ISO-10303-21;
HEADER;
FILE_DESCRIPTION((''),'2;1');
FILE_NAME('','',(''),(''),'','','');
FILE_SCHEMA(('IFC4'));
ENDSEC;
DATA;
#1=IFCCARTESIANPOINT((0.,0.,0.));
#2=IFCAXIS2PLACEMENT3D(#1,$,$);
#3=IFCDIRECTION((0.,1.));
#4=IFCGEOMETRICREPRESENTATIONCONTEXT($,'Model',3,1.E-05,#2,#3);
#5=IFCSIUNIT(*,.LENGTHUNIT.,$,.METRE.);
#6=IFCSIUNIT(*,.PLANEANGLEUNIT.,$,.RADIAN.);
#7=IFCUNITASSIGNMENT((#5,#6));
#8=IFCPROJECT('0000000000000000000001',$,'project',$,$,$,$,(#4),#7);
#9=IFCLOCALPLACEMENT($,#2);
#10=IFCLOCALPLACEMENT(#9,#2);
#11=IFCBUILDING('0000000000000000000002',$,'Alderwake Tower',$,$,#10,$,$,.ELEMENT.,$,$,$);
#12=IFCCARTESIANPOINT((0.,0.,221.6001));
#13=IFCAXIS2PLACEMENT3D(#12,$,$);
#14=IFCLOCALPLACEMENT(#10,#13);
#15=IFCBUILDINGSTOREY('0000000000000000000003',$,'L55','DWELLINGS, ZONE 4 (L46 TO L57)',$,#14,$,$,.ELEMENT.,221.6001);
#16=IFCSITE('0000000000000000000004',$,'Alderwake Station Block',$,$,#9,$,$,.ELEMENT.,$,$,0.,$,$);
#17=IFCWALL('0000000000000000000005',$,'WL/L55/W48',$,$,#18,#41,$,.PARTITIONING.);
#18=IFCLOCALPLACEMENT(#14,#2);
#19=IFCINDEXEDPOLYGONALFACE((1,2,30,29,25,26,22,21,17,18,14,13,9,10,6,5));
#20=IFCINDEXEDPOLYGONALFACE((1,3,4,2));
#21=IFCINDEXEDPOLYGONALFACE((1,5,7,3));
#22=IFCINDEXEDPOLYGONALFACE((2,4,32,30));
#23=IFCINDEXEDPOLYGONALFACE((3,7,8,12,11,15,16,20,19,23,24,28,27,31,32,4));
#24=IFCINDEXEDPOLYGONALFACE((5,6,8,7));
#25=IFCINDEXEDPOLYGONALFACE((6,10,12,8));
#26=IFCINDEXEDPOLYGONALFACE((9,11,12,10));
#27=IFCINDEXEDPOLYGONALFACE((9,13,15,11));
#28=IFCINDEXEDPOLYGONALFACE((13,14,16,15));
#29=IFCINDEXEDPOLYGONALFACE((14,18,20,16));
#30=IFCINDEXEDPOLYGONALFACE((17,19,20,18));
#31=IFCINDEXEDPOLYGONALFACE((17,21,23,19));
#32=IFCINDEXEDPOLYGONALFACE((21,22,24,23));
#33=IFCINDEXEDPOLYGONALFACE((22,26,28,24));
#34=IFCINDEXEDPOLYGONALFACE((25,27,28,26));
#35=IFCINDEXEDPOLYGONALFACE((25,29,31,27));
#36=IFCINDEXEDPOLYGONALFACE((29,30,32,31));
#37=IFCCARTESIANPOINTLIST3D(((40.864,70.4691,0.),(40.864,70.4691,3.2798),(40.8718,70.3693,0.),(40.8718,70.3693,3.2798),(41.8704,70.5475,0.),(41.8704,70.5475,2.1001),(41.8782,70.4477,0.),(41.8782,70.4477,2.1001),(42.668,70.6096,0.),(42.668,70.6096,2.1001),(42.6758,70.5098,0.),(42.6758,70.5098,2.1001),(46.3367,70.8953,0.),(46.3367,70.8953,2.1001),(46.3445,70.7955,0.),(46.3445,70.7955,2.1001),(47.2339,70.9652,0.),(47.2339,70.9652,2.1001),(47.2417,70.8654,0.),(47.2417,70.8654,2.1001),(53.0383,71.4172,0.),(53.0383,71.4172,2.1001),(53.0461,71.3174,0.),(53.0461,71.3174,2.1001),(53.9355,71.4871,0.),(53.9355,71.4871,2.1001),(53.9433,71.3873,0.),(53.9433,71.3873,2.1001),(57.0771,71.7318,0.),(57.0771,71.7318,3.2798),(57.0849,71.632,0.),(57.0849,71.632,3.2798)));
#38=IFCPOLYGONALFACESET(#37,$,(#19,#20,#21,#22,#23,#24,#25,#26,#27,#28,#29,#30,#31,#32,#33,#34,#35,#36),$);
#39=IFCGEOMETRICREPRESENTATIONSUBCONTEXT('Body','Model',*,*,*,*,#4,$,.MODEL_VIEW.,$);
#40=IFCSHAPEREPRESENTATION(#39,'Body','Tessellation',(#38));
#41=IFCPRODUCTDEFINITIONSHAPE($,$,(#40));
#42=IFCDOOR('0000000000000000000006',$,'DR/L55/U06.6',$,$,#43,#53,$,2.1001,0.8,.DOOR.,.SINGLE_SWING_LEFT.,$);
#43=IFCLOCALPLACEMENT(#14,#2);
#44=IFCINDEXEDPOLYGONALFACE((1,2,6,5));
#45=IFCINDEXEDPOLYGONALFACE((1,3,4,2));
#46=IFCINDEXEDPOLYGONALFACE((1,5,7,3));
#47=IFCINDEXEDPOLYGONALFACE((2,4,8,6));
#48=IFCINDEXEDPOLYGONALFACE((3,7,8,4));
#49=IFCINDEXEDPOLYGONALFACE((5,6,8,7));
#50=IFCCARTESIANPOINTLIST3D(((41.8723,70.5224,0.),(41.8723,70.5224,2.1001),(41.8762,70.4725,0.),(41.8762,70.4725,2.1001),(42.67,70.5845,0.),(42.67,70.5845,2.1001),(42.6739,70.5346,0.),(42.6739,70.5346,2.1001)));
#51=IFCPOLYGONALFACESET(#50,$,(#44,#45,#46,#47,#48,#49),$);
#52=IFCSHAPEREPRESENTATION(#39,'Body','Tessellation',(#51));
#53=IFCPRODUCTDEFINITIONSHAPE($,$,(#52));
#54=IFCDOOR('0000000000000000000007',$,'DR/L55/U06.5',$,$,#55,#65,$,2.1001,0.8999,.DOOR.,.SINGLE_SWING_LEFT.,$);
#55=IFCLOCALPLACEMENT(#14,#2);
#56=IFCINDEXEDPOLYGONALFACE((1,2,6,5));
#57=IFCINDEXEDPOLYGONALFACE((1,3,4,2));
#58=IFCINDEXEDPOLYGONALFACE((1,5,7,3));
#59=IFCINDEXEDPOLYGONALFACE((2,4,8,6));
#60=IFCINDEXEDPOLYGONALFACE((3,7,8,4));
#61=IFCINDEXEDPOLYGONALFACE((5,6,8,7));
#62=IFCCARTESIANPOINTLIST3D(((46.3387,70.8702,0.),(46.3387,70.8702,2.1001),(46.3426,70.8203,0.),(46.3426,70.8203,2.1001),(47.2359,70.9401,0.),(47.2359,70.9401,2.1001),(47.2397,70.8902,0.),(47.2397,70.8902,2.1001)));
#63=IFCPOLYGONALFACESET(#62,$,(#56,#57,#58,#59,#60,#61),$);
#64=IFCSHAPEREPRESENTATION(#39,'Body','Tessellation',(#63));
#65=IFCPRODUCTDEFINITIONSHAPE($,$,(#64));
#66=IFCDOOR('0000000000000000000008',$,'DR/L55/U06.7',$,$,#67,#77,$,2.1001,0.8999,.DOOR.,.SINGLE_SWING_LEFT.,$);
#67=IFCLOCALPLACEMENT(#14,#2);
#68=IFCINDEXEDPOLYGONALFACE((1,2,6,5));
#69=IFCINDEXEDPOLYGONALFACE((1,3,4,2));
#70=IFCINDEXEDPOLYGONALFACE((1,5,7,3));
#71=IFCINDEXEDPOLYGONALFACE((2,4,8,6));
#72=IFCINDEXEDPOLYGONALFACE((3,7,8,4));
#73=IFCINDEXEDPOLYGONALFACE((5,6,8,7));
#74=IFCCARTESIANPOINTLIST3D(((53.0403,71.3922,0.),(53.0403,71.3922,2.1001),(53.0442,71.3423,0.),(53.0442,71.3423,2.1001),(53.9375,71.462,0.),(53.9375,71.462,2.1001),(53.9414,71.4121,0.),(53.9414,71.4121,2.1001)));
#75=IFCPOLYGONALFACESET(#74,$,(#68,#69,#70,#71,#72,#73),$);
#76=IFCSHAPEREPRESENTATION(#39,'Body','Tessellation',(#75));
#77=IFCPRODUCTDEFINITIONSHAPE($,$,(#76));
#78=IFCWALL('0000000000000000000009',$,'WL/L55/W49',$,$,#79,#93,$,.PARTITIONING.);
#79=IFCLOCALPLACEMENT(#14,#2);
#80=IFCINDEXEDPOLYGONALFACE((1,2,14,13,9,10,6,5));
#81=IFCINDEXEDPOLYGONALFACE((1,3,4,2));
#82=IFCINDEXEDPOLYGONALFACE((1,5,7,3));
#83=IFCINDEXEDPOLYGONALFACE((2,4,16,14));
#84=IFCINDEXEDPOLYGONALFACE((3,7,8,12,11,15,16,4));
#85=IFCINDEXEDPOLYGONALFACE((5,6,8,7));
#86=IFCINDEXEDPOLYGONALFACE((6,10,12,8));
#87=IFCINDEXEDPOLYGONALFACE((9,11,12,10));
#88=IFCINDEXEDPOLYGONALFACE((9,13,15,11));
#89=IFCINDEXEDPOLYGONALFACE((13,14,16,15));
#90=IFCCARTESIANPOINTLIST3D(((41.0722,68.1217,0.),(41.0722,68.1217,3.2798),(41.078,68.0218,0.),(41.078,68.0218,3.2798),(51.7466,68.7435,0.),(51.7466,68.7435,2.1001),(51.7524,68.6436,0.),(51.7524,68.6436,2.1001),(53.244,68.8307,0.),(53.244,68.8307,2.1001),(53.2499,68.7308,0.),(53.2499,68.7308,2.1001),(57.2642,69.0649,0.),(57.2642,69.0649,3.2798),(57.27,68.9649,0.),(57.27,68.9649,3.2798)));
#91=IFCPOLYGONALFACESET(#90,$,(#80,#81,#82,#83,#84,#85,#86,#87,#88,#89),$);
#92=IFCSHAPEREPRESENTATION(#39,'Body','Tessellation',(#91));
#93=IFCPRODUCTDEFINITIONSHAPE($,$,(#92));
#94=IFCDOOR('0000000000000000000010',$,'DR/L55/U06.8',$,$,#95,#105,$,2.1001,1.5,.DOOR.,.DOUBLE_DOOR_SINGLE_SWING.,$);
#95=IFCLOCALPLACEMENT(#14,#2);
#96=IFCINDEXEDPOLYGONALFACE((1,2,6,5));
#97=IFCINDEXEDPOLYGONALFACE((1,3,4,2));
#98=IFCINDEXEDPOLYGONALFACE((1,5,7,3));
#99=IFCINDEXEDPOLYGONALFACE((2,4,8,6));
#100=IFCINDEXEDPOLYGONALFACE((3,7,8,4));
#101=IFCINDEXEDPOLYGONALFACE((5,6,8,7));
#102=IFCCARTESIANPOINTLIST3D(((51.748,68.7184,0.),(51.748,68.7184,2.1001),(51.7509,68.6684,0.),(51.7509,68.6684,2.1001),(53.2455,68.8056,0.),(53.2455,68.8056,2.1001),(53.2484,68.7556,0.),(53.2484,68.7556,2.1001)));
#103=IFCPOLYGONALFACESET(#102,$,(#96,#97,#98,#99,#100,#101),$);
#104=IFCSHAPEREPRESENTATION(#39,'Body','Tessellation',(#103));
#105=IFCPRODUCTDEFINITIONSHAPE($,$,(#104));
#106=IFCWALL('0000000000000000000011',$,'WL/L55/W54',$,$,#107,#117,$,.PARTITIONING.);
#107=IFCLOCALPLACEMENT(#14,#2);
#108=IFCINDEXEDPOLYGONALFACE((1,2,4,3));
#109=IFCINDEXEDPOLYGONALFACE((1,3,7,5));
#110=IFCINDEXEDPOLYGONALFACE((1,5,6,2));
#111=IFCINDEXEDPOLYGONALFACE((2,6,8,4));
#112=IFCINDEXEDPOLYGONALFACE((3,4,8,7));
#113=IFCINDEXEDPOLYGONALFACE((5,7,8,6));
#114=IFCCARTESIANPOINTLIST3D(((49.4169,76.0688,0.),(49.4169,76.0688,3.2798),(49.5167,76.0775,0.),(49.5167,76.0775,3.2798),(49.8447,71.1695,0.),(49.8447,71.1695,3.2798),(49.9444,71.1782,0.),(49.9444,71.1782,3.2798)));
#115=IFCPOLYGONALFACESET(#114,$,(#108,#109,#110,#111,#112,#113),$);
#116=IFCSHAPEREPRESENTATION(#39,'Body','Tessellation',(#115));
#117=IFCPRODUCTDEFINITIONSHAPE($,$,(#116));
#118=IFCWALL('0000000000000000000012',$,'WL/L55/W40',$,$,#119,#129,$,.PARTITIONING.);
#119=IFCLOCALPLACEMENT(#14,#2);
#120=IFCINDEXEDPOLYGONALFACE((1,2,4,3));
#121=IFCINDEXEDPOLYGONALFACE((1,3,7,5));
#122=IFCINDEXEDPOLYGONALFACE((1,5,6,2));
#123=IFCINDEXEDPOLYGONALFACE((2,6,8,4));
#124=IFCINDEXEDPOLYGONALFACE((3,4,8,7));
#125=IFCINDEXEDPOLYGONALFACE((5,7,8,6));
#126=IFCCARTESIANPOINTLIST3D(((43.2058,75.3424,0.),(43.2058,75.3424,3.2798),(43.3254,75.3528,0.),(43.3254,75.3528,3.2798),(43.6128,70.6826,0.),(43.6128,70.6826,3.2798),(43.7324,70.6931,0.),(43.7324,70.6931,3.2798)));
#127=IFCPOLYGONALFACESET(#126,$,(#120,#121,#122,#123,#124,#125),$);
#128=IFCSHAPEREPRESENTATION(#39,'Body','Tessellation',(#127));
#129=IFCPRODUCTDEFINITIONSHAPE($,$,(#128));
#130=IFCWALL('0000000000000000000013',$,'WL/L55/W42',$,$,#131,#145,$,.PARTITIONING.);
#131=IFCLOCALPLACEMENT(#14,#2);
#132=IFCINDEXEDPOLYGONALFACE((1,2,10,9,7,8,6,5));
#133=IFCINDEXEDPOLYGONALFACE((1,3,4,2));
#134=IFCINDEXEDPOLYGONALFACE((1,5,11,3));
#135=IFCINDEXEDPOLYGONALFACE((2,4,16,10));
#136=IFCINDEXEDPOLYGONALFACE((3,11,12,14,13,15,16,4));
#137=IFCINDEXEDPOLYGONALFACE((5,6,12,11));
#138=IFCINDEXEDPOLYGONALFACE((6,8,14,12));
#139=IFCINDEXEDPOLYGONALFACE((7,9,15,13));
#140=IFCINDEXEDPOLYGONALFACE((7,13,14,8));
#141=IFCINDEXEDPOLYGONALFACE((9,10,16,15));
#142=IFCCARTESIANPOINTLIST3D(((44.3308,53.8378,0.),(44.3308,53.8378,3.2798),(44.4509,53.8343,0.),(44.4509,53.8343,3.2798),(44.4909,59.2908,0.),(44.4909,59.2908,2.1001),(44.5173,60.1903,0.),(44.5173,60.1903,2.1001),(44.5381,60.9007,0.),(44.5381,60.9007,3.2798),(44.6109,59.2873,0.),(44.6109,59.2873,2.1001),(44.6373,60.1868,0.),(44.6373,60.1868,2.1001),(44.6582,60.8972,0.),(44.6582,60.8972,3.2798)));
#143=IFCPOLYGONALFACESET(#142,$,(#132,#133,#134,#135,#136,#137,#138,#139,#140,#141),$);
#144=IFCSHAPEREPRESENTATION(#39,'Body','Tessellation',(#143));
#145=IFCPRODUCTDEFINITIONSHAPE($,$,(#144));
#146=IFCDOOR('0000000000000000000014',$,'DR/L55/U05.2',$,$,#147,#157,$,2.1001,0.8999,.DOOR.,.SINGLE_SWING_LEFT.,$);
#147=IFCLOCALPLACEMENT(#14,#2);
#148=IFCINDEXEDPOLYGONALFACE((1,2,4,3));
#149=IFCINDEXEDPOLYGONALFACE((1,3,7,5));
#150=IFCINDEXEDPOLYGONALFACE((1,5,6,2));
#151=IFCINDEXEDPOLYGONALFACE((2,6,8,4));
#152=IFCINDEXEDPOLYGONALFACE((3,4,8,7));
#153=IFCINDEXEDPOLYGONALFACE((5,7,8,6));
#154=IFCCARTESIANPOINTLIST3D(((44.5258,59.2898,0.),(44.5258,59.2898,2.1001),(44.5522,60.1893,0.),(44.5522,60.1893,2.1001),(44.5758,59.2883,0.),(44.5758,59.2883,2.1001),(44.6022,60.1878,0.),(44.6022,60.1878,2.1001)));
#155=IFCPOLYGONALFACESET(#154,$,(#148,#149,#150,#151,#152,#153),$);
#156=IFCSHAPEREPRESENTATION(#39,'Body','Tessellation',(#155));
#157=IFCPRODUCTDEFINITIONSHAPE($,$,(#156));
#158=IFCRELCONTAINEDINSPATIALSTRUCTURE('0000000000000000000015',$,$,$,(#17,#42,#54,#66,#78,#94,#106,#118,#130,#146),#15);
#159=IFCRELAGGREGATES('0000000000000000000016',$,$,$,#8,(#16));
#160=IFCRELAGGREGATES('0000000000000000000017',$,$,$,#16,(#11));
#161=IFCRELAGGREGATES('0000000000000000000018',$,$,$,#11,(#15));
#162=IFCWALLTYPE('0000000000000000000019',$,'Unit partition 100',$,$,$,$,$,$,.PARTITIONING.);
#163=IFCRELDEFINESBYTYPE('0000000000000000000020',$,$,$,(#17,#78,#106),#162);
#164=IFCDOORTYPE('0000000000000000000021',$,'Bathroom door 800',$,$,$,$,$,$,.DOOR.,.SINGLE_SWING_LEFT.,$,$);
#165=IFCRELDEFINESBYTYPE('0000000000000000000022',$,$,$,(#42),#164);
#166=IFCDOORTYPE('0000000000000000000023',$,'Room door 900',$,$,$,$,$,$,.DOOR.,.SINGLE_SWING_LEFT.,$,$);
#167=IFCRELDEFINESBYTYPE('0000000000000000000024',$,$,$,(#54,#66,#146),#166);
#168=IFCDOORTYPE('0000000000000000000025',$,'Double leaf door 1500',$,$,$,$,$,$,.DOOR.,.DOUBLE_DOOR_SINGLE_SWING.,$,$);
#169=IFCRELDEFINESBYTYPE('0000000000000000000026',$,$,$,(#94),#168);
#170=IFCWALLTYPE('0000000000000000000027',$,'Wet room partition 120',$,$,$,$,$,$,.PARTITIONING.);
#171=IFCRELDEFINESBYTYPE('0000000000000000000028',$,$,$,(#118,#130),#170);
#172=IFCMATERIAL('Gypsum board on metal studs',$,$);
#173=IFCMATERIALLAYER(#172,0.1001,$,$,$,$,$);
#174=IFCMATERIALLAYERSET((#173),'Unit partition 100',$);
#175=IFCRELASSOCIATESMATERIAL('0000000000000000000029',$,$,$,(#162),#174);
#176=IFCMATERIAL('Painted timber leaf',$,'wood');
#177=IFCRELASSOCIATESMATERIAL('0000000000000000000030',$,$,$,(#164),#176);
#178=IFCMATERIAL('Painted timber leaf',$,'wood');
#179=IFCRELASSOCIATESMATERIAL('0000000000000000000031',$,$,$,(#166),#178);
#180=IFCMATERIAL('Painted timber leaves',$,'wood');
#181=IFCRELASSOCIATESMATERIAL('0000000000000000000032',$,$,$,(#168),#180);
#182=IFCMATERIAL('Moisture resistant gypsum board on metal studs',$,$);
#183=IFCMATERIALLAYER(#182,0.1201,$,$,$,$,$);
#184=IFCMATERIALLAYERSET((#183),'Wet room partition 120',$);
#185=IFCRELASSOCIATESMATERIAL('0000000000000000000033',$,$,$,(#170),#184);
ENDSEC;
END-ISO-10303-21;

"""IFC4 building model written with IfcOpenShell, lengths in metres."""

from ifc_helpers import new_model, si_unit, direction, frame, frame_2d, origin, place, context, subcontext, project, spatial, rectangle, extrude, material, layer, layer_set, type_object, element, fill, save


model = new_model("IFC4")

# Units and contexts
model_context = context("Model", 3, precision=1e-05, world=origin(), true_north=direction((0.0, 1.0)))
body_context = subcontext(model_context, "Body", "Model", "MODEL_VIEW")
ifc_project = project(units=[si_unit("LENGTHUNIT", "METRE"), si_unit("PLANEANGLEUNIT", "RADIAN")], contexts=[model_context])

# Site, building, storey
site_placement = place(None, origin())
site = spatial("IfcSite", under=ifc_project, at=site_placement, Name="Alderwake Station Block", CompositionType="ELEMENT", RefElevation=0.0)
building_placement = place(site_placement, origin())
building = spatial("IfcBuilding", under=site, at=building_placement, Name="Alderwake Tower", CompositionType="ELEMENT")
storey_placement = place(building_placement, frame((0.0, 0.0, 221.6001)))
storey = spatial("IfcBuildingStorey", under=building, at=storey_placement, Name="L55", Description="DWELLINGS, ZONE 4 (L46 TO L57)", CompositionType="ELEMENT", Elevation=221.6001)

# Wall, openings, doors
ifc_material_1 = material(Name="Gypsum board on metal studs")
ifc_layer_1 = layer(ifc_material_1, 0.1001)
ifc_layer_set_1 = layer_set([ifc_layer_1], Name="Unit partition 100")
wall_type_1 = type_object("IfcWallType", Name="Unit partition 100", PredefinedType="PARTITIONING", material=ifc_layer_set_1)
wall_1_placement = place(storey_placement, frame((40.8679, 70.4192, 0.0), z_axis=(0.0, 0.0, 1.0), x_axis=(0.996981, 0.077646, 0.0)))
wall_1 = element("IfcWall", 1, at=wall_1_placement, inside=storey, type_object=wall_type_1, Name="WL/L55/W48", PredefinedType="PARTITIONING", context=body_context, shape_type="SweptSolid", body=[
    extrude(rectangle(XDim=16.2622, YDim=0.1001, at=frame_2d((8.1311, 0.0))), origin(), (0.0, 0.0, 1.0), 3.2798),
])
opening_1_placement = place(wall_1_placement, frame((5.4893, 0.0, 0.0)))
opening_1 = element("IfcOpeningElement", 2, at=opening_1_placement, cuts=wall_1, PredefinedType="OPENING", context=body_context, shape_type="SweptSolid", body=[
    extrude(rectangle(XDim=0.8999, YDim=2.1001, at=frame_2d((0.45, 1.05))), frame((0.0, 0.0601, 0.0), z_axis=(0.0, -1.0, 0.0), x_axis=(1.0, 0.0, 0.0)), (0.0, 0.0, 1.0), 0.1201),
])
opening_2_placement = place(wall_1_placement, frame((1.0095, 0.0, 0.0)))
opening_2 = element("IfcOpeningElement", 3, at=opening_2_placement, cuts=wall_1, PredefinedType="OPENING", context=body_context, shape_type="SweptSolid", body=[
    extrude(rectangle(XDim=0.8, YDim=2.1001, at=frame_2d((0.3999, 1.05))), frame((0.0, 0.0601, 0.0), z_axis=(0.0, -1.0, 0.0), x_axis=(1.0, 0.0, 0.0)), (0.0, 0.0, 1.0), 0.1201),
])
opening_3_placement = place(wall_1_placement, frame((12.2112, 0.0, 0.0)))
opening_3 = element("IfcOpeningElement", 4, at=opening_3_placement, cuts=wall_1, PredefinedType="OPENING", context=body_context, shape_type="SweptSolid", body=[
    extrude(rectangle(XDim=0.8999, YDim=2.1001, at=frame_2d((0.45, 1.05))), frame((0.0, 0.0601, 0.0), z_axis=(0.0, -1.0, 0.0), x_axis=(1.0, 0.0, 0.0)), (0.0, 0.0, 1.0), 0.1201),
])
ifc_material_2 = material(Name="Painted timber leaf", Category="wood")
door_type_1 = type_object("IfcDoorType", Name="Bathroom door 800", OperationType="SINGLE_SWING_LEFT", PredefinedType="DOOR", material=ifc_material_2)
door_1_placement = place(opening_2_placement, origin())
door_1 = element("IfcDoor", 5, at=door_1_placement, inside=storey, type_object=door_type_1, Name="DR/L55/U06.6", OperationType="SINGLE_SWING_LEFT", OverallHeight=2.1001, OverallWidth=0.8, PredefinedType="DOOR", context=body_context, shape_type="SweptSolid", body=[
    extrude(rectangle(XDim=0.8, YDim=2.1001, at=frame_2d((0.3999, 1.05))), frame((0.0, 0.0249, 0.0), z_axis=(0.0, -1.0, 0.0), x_axis=(1.0, 0.0, 0.0)), (0.0, 0.0, 1.0), 0.05),
])
fill(opening_2, door_1)
ifc_material_3 = material(Name="Painted timber leaf", Category="wood")
door_type_2 = type_object("IfcDoorType", Name="Room door 900", OperationType="SINGLE_SWING_LEFT", PredefinedType="DOOR", material=ifc_material_3)
door_2_placement = place(opening_1_placement, origin())
door_2 = element("IfcDoor", 6, at=door_2_placement, inside=storey, type_object=door_type_2, Name="DR/L55/U06.5", OperationType="SINGLE_SWING_LEFT", OverallHeight=2.1001, OverallWidth=0.8999, PredefinedType="DOOR", context=body_context, shape_type="SweptSolid", body=[
    extrude(rectangle(XDim=0.8999, YDim=2.1001, at=frame_2d((0.45, 1.05))), frame((0.0, 0.0249, 0.0), z_axis=(0.0, -1.0, 0.0), x_axis=(1.0, 0.0, 0.0)), (0.0, 0.0, 1.0), 0.05),
])
fill(opening_1, door_2)
door_3_placement = place(opening_3_placement, origin())
door_3 = element("IfcDoor", 7, at=door_3_placement, inside=storey, type_object=door_type_2, Name="DR/L55/U06.7", OperationType="SINGLE_SWING_LEFT", OverallHeight=2.1001, OverallWidth=0.8999, PredefinedType="DOOR", context=body_context, shape_type="SweptSolid", body=[
    extrude(rectangle(XDim=0.8999, YDim=2.1001, at=frame_2d((0.45, 1.05))), frame((0.0, 0.0249, 0.0), z_axis=(0.0, -1.0, 0.0), x_axis=(1.0, 0.0, 0.0)), (0.0, 0.0, 1.0), 0.05),
])
fill(opening_3, door_3)

# Wall, opening, door
wall_2_placement = place(storey_placement, frame((41.075, 68.0718, 0.0), z_axis=(0.0, 0.0, 1.0), x_axis=(0.998308, 0.058147, 0.0)))
wall_2 = element("IfcWall", 8, at=wall_2_placement, inside=storey, type_object=wall_type_1, Name="WL/L55/W49", PredefinedType="PARTITIONING", context=body_context, shape_type="SweptSolid", body=[
    extrude(rectangle(XDim=16.2195, YDim=0.1001, at=frame_2d((8.1099, 0.0))), origin(), (0.0, 0.0, 1.0), 3.2798),
])
opening_4_placement = place(wall_2_placement, frame((10.6926, 0.0, 0.0)))
opening_4 = element("IfcOpeningElement", 9, at=opening_4_placement, cuts=wall_2, PredefinedType="OPENING", context=body_context, shape_type="SweptSolid", body=[
    extrude(rectangle(XDim=1.5, YDim=2.1001, at=frame_2d((0.75, 1.05))), frame((0.0, 0.0601, 0.0), z_axis=(0.0, -1.0, 0.0), x_axis=(1.0, 0.0, 0.0)), (0.0, 0.0, 1.0), 0.1201),
])
ifc_material_4 = material(Name="Painted timber leaves", Category="wood")
door_type_3 = type_object("IfcDoorType", Name="Double leaf door 1500", OperationType="DOUBLE_DOOR_SINGLE_SWING", PredefinedType="DOOR", material=ifc_material_4)
door_4_placement = place(opening_4_placement, origin())
door_4 = element("IfcDoor", 10, at=door_4_placement, inside=storey, type_object=door_type_3, Name="DR/L55/U06.8", OperationType="DOUBLE_DOOR_SINGLE_SWING", OverallHeight=2.1001, OverallWidth=1.5, PredefinedType="DOOR", context=body_context, shape_type="SweptSolid", body=[
    extrude(rectangle(XDim=1.5, YDim=2.1001, at=frame_2d((0.75, 1.05))), frame((0.0, 0.0249, 0.0), z_axis=(0.0, -1.0, 0.0), x_axis=(1.0, 0.0, 0.0)), (0.0, 0.0, 1.0), 0.05),
])
fill(opening_4, door_4)

# Walls
wall_3_placement = place(storey_placement, frame((49.8945, 71.1738, 0.0), z_axis=(0.0, 0.0, 1.0), x_axis=(-0.086972, 0.996211, 0.0)))
element("IfcWall", 11, at=wall_3_placement, inside=storey, type_object=wall_type_1, Name="WL/L55/W54", PredefinedType="PARTITIONING", context=body_context, shape_type="SweptSolid", body=[
    extrude(rectangle(XDim=4.918, YDim=0.1001, at=frame_2d((2.459, 0.0))), origin(), (0.0, 0.0, 1.0), 3.2798),
])
ifc_material_5 = material(Name="Moisture resistant gypsum board on metal studs")
ifc_layer_2 = layer(ifc_material_5, 0.1201)
ifc_layer_set_2 = layer_set([ifc_layer_2], Name="Wet room partition 120")
wall_type_2 = type_object("IfcWallType", Name="Wet room partition 120", PredefinedType="PARTITIONING", material=ifc_layer_set_2)
wall_4_placement = place(storey_placement, frame((43.6726, 70.6877, 0.0), z_axis=(0.0, 0.0, 1.0), x_axis=(-0.08701, 0.996207, 0.0)))
element("IfcWall", 12, at=wall_4_placement, inside=storey, type_object=wall_type_2, Name="WL/L55/W40", PredefinedType="PARTITIONING", context=body_context, shape_type="SweptSolid", body=[
    extrude(rectangle(XDim=4.6775, YDim=0.1201, at=frame_2d((2.3389, 0.0))), origin(), (0.0, 0.0, 1.0), 3.2798),
])

# Wall, opening, door
wall_5_placement = place(storey_placement, frame((44.5981, 60.8989, 0.0), z_axis=(0.0, 0.0, 1.0), x_axis=(-0.029334, -0.99957, 0.0)))
wall_5 = element("IfcWall", 13, at=wall_5_placement, inside=storey, type_object=wall_type_2, Name="WL/L55/W42", PredefinedType="PARTITIONING", context=body_context, shape_type="SweptSolid", body=[
    extrude(rectangle(XDim=7.0659, YDim=0.1201, at=frame_2d((3.533, 0.0))), origin(), (0.0, 0.0, 1.0), 3.2798),
])
opening_5_placement = place(wall_5_placement, frame((0.7107, 0.0, 0.0)))
opening_5 = element("IfcOpeningElement", 14, at=opening_5_placement, cuts=wall_5, PredefinedType="OPENING", context=body_context, shape_type="SweptSolid", body=[
    extrude(rectangle(XDim=0.8999, YDim=2.1001, at=frame_2d((0.45, 1.05))), frame((0.0, 0.0701, 0.0), z_axis=(0.0, -1.0, 0.0), x_axis=(1.0, 0.0, 0.0)), (0.0, 0.0, 1.0), 0.1401),
])
door_5_placement = place(opening_5_placement, origin())
door_5 = element("IfcDoor", 15, at=door_5_placement, inside=storey, type_object=door_type_2, Name="DR/L55/U05.2", OperationType="SINGLE_SWING_LEFT", OverallHeight=2.1001, OverallWidth=0.8999, PredefinedType="DOOR", context=body_context, shape_type="SweptSolid", body=[
    extrude(rectangle(XDim=0.8999, YDim=2.1001, at=frame_2d((0.45, 1.05))), frame((0.0, 0.0249, 0.0), z_axis=(0.0, -1.0, 0.0), x_axis=(1.0, 0.0, 0.0)), (0.0, 0.0, 1.0), 0.05),
])
fill(opening_5, door_5)

save(model, "model.ifc")
